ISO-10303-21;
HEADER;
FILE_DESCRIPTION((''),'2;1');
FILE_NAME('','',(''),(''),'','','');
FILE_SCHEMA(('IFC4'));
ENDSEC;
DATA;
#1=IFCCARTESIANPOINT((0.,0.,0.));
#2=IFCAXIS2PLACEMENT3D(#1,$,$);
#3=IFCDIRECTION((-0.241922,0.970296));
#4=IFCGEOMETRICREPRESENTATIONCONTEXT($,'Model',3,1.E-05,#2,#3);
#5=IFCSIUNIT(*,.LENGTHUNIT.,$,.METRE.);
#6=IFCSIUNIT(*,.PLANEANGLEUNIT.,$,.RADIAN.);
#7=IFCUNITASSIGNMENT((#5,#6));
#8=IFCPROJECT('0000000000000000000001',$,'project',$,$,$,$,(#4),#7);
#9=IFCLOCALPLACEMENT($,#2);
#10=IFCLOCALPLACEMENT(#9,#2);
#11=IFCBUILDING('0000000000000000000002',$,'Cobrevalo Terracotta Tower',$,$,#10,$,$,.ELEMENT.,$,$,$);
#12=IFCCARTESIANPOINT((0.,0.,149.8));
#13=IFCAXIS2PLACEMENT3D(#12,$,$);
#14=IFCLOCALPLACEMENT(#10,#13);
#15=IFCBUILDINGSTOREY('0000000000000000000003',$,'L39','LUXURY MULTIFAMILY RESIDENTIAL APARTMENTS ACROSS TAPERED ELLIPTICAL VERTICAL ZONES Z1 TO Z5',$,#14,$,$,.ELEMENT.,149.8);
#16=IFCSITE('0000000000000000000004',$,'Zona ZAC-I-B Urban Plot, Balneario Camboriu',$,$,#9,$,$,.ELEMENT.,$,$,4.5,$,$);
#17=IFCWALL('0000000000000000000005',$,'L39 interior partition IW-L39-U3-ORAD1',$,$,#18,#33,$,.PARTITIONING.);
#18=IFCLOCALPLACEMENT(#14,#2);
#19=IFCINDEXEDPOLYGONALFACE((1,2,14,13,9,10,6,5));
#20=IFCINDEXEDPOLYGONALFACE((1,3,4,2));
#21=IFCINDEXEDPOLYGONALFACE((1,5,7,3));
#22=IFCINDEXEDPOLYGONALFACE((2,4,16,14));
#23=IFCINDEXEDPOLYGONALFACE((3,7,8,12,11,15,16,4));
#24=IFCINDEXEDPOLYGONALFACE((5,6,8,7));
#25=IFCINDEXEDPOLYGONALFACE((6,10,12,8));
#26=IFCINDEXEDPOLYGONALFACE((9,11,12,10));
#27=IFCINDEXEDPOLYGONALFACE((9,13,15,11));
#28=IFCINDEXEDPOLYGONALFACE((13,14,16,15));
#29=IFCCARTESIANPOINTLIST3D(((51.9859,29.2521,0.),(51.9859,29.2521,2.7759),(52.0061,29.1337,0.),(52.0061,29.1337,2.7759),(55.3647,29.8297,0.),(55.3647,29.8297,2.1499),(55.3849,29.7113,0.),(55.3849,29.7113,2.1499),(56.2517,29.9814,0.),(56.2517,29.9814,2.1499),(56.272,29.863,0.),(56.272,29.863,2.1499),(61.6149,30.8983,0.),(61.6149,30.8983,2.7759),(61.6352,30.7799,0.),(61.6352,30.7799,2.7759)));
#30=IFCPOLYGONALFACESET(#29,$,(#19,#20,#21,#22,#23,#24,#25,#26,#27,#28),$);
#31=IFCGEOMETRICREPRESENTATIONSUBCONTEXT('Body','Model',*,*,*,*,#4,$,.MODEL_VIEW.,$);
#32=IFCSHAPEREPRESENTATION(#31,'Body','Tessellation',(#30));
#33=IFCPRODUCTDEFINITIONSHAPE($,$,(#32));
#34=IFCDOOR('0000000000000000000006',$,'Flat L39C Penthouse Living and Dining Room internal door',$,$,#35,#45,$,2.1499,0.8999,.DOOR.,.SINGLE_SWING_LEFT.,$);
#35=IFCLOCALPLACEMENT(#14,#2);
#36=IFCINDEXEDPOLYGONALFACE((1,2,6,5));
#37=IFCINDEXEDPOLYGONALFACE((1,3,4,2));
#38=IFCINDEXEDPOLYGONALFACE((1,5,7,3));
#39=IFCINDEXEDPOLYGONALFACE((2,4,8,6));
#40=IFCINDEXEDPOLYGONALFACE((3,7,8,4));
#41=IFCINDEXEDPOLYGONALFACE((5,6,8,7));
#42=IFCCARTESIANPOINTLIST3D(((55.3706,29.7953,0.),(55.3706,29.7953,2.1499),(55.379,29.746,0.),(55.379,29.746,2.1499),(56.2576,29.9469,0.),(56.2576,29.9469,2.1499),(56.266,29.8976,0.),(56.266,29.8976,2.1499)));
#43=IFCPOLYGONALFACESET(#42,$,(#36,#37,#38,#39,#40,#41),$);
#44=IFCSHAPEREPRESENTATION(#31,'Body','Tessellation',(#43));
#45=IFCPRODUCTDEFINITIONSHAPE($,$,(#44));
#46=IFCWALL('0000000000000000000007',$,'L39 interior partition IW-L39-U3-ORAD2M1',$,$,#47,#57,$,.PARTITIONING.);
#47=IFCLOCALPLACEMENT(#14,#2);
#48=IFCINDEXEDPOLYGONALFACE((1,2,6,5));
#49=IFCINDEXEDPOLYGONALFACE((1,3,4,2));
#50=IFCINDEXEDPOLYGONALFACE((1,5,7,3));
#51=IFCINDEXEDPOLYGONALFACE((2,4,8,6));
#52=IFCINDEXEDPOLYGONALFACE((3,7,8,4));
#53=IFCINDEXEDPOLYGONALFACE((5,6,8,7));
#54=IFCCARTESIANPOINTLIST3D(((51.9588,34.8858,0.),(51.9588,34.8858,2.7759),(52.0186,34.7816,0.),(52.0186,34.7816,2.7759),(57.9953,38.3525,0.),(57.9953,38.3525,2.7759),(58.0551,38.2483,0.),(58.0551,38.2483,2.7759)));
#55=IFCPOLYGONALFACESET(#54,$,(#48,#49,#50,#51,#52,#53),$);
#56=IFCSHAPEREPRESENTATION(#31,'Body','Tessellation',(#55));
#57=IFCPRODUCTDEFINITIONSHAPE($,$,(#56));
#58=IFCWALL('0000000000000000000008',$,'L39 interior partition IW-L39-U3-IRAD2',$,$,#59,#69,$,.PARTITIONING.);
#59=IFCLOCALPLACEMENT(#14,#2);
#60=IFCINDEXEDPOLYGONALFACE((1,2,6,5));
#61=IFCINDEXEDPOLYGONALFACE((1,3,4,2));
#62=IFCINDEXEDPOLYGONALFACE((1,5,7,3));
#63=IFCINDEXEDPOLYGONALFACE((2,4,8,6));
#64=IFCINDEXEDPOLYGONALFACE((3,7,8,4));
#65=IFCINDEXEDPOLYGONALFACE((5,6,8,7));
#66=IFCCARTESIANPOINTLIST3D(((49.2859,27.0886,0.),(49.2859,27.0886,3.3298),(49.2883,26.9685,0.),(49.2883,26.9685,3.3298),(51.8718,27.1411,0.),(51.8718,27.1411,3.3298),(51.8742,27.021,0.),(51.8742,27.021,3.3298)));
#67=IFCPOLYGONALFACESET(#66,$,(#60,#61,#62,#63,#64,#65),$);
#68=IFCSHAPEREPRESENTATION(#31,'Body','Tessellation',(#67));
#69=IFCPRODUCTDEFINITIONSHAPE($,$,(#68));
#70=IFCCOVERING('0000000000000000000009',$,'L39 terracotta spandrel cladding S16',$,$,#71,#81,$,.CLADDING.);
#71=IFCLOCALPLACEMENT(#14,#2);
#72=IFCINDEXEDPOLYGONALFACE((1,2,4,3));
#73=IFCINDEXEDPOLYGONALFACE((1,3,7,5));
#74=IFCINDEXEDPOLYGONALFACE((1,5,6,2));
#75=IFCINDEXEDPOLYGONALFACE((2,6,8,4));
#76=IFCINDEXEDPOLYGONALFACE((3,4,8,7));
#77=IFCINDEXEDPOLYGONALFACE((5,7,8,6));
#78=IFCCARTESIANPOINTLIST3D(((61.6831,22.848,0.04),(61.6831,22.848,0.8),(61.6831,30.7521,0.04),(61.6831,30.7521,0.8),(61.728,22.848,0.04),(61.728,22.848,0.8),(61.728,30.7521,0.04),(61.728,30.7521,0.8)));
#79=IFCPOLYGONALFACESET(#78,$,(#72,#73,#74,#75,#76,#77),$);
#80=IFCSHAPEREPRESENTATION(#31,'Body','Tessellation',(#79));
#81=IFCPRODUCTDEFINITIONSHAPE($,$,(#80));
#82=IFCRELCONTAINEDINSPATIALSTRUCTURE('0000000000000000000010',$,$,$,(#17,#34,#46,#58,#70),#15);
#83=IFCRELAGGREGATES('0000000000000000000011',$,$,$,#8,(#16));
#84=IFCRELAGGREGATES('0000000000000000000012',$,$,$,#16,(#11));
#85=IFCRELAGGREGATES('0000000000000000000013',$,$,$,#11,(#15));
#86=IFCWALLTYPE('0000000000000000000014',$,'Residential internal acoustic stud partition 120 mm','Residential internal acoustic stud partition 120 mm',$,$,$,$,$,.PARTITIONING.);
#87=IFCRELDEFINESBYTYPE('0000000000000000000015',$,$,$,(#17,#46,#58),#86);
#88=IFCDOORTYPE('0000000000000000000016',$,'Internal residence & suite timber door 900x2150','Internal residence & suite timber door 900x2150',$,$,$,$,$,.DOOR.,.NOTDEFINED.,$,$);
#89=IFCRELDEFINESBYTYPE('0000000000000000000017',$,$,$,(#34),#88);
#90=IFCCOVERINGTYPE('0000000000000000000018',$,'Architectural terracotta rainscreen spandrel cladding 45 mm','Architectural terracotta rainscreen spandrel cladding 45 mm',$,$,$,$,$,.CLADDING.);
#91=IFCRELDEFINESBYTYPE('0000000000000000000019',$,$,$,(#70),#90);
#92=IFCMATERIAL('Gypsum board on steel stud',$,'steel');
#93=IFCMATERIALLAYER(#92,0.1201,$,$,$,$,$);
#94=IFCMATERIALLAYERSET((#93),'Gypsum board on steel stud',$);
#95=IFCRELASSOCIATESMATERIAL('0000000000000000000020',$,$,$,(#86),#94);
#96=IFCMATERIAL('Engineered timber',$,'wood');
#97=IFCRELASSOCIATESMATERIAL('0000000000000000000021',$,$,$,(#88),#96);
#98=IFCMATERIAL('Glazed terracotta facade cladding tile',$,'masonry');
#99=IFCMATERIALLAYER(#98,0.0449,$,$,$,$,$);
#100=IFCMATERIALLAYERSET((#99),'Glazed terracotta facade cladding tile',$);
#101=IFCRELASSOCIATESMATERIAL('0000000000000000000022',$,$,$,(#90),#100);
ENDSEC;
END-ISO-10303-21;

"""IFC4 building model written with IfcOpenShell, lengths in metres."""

from ifc_helpers import new_model, si_unit, direction, frame, frame_2d, origin, origin_2d, place, context, subcontext, project, spatial, rectangle, extrude, source, transform, mapped, material, layer, layer_set, type_object, element, fill, save


model = new_model("IFC4")

# Units and contexts
model_context = context("Model", 3, precision=1e-05, world=origin(), true_north=direction((-0.241922, 0.970296)))
body_context = subcontext(model_context, "Body", "Model", "MODEL_VIEW")
ifc_project = project(units=[si_unit("LENGTHUNIT", "METRE"), si_unit("PLANEANGLEUNIT", "RADIAN")], contexts=[model_context])

# Site, building, storey
site_placement = place(None, origin())
site = spatial("IfcSite", under=ifc_project, at=site_placement, Name="Zona ZAC-I-B Urban Plot, Balneario Camboriu", CompositionType="ELEMENT", RefElevation=4.5)
building_placement = place(site_placement, origin())
building = spatial("IfcBuilding", under=site, at=building_placement, Name="Cobrevalo Terracotta Tower", CompositionType="ELEMENT")
storey_placement = place(building_placement, frame((0.0, 0.0, 149.8)))
storey = spatial("IfcBuildingStorey", under=building, at=storey_placement, Name="L39", Description="LUXURY MULTIFAMILY RESIDENTIAL APARTMENTS ACROSS TAPERED ELLIPTICAL VERTICAL ZONES Z1 TO Z5", CompositionType="ELEMENT", Elevation=149.8)

# Wall, opening, door
ifc_material_1 = material(Name="Gypsum board on steel stud", Category="steel")
ifc_layer_1 = layer(ifc_material_1, 0.1201)
ifc_layer_set_1 = layer_set([ifc_layer_1], Name="Gypsum board on steel stud")
wall_type = type_object("IfcWallType", Name="Residential internal acoustic stud partition 120 mm", Description="Residential internal acoustic stud partition 120 mm", PredefinedType="PARTITIONING", material=ifc_layer_set_1)
wall_1_placement = place(storey_placement, frame((51.9961, 29.1929, 0.0), z_axis=(0.0, 0.0, 1.0), x_axis=(0.985698, 0.168519, 0.0)))
wall_1 = element("IfcWall", 1, at=wall_1_placement, inside=storey, type_object=wall_type, Name="L39 interior partition IW-L39-U3-ORAD1", PredefinedType="PARTITIONING", context=body_context, shape_type="SweptSolid", body=[
    extrude(rectangle(XDim=9.7688, YDim=0.1201, at=frame_2d((4.8843, 0.0))), origin(), (0.0, 0.0, 1.0), 2.7759),
])
opening_1_placement = place(wall_1_placement, frame((3.4277, 0.0, 0.0)))
opening_1 = element("IfcOpeningElement", 2, at=opening_1_placement, cuts=wall_1, PredefinedType="OPENING", context=body_context, shape_type="SweptSolid", body=[
    extrude(rectangle(XDim=0.8999, YDim=2.1499, at=frame_2d((0.45, 1.075))), frame((0.0, 0.0701, 0.0), z_axis=(0.0, -1.0, 0.0), x_axis=(1.0, 0.0, 0.0)), (0.0, 0.0, 1.0), 0.1401),
])
ifc_material_2 = material(Name="Engineered timber", Category="wood")
door_type_1 = type_object("IfcDoorType", Name="Internal residence & suite timber door 900x2150", Description="Internal residence & suite timber door 900x2150", OperationType="NOTDEFINED", PredefinedType="DOOR", material=ifc_material_2)
shared_shape_1 = source(origin(), body_context, "Body", "SweptSolid", [
    extrude(rectangle(XDim=0.8999, YDim=2.1499, at=frame_2d((0.45, 1.075))), frame((0.0, 0.0249, 0.0), z_axis=(0.0, -1.0, 0.0), x_axis=(1.0, 0.0, 0.0)), (0.0, 0.0, 1.0), 0.05),
])
door_1_placement = place(opening_1_placement, frame((0.8999, 0.0, 0.0), z_axis=(0.0, 0.0, 1.0), x_axis=(-1.0, 0.0, 0.0)))
door_1 = element("IfcDoor", 3, at=door_1_placement, inside=storey, type_object=door_type_1, Name="Flat L39C Penthouse Living and Dining Room internal door", OperationType="SINGLE_SWING_LEFT", OverallHeight=2.1499, OverallWidth=0.8999, PredefinedType="DOOR", context=body_context, shape_type="MappedRepresentation", body=[
    mapped(shared_shape_1, transform((0.0, 0.0, 0.0), scale=1.0)),
])
fill(opening_1, door_1)

# Walls
wall_2_placement = place(storey_placement, frame((51.9888, 34.8337, 0.0), z_axis=(0.0, 0.0, 1.0), x_axis=(0.867171, 0.498011, 0.0)))
element("IfcWall", 4, at=wall_2_placement, inside=storey, type_object=wall_type, Name="L39 interior partition IW-L39-U3-ORAD2M1", PredefinedType="PARTITIONING", context=body_context, shape_type="SweptSolid", body=[
    extrude(rectangle(XDim=6.9612, YDim=0.1201, at=frame_2d((3.4805, 0.0))), origin(), (0.0, 0.0, 1.0), 2.7759),
])
wall_3_placement = place(storey_placement, frame((49.2871, 27.0286, 0.0), z_axis=(0.0, 0.0, 1.0), x_axis=(0.999794, 0.020294, 0.0)))
element("IfcWall", 5, at=wall_3_placement, inside=storey, type_object=wall_type, Name="L39 interior partition IW-L39-U3-IRAD2", PredefinedType="PARTITIONING", context=body_context, shape_type="SweptSolid", body=[
    extrude(rectangle(XDim=2.5864, YDim=0.1201, at=frame_2d((1.2932, 0.0))), origin(), (0.0, 0.0, 1.0), 3.3298),
])

# Covering
ifc_material_3 = material(Name="Glazed terracotta facade cladding tile", Category="masonry")
ifc_layer_2 = layer(ifc_material_3, 0.0449)
ifc_layer_set_2 = layer_set([ifc_layer_2], Name="Glazed terracotta facade cladding tile")
covering_type = type_object("IfcCoveringType", Name="Architectural terracotta rainscreen spandrel cladding 45 mm", Description="Architectural terracotta rainscreen spandrel cladding 45 mm", PredefinedType="CLADDING", material=ifc_layer_set_2)
shared_shape_2 = source(origin(), body_context, "Body", "SweptSolid", [
    extrude(rectangle(XDim=7.9041, YDim=0.0449, at=origin_2d()), origin(), (0.0, 0.0, 1.0), 0.76),
])
covering_placement = place(storey_placement, frame((61.7056, 26.8, 0.04), z_axis=(0.0, 0.0, 1.0), x_axis=(0.0, 1.0, 0.0)))
element("IfcCovering", 6, at=covering_placement, inside=storey, type_object=covering_type, Name="L39 terracotta spandrel cladding S16", PredefinedType="CLADDING", context=body_context, shape_type="MappedRepresentation", body=[
    mapped(shared_shape_2, transform((0.0, 0.0, 0.0), scale=1.0)),
])

save(model, "model.ifc")
